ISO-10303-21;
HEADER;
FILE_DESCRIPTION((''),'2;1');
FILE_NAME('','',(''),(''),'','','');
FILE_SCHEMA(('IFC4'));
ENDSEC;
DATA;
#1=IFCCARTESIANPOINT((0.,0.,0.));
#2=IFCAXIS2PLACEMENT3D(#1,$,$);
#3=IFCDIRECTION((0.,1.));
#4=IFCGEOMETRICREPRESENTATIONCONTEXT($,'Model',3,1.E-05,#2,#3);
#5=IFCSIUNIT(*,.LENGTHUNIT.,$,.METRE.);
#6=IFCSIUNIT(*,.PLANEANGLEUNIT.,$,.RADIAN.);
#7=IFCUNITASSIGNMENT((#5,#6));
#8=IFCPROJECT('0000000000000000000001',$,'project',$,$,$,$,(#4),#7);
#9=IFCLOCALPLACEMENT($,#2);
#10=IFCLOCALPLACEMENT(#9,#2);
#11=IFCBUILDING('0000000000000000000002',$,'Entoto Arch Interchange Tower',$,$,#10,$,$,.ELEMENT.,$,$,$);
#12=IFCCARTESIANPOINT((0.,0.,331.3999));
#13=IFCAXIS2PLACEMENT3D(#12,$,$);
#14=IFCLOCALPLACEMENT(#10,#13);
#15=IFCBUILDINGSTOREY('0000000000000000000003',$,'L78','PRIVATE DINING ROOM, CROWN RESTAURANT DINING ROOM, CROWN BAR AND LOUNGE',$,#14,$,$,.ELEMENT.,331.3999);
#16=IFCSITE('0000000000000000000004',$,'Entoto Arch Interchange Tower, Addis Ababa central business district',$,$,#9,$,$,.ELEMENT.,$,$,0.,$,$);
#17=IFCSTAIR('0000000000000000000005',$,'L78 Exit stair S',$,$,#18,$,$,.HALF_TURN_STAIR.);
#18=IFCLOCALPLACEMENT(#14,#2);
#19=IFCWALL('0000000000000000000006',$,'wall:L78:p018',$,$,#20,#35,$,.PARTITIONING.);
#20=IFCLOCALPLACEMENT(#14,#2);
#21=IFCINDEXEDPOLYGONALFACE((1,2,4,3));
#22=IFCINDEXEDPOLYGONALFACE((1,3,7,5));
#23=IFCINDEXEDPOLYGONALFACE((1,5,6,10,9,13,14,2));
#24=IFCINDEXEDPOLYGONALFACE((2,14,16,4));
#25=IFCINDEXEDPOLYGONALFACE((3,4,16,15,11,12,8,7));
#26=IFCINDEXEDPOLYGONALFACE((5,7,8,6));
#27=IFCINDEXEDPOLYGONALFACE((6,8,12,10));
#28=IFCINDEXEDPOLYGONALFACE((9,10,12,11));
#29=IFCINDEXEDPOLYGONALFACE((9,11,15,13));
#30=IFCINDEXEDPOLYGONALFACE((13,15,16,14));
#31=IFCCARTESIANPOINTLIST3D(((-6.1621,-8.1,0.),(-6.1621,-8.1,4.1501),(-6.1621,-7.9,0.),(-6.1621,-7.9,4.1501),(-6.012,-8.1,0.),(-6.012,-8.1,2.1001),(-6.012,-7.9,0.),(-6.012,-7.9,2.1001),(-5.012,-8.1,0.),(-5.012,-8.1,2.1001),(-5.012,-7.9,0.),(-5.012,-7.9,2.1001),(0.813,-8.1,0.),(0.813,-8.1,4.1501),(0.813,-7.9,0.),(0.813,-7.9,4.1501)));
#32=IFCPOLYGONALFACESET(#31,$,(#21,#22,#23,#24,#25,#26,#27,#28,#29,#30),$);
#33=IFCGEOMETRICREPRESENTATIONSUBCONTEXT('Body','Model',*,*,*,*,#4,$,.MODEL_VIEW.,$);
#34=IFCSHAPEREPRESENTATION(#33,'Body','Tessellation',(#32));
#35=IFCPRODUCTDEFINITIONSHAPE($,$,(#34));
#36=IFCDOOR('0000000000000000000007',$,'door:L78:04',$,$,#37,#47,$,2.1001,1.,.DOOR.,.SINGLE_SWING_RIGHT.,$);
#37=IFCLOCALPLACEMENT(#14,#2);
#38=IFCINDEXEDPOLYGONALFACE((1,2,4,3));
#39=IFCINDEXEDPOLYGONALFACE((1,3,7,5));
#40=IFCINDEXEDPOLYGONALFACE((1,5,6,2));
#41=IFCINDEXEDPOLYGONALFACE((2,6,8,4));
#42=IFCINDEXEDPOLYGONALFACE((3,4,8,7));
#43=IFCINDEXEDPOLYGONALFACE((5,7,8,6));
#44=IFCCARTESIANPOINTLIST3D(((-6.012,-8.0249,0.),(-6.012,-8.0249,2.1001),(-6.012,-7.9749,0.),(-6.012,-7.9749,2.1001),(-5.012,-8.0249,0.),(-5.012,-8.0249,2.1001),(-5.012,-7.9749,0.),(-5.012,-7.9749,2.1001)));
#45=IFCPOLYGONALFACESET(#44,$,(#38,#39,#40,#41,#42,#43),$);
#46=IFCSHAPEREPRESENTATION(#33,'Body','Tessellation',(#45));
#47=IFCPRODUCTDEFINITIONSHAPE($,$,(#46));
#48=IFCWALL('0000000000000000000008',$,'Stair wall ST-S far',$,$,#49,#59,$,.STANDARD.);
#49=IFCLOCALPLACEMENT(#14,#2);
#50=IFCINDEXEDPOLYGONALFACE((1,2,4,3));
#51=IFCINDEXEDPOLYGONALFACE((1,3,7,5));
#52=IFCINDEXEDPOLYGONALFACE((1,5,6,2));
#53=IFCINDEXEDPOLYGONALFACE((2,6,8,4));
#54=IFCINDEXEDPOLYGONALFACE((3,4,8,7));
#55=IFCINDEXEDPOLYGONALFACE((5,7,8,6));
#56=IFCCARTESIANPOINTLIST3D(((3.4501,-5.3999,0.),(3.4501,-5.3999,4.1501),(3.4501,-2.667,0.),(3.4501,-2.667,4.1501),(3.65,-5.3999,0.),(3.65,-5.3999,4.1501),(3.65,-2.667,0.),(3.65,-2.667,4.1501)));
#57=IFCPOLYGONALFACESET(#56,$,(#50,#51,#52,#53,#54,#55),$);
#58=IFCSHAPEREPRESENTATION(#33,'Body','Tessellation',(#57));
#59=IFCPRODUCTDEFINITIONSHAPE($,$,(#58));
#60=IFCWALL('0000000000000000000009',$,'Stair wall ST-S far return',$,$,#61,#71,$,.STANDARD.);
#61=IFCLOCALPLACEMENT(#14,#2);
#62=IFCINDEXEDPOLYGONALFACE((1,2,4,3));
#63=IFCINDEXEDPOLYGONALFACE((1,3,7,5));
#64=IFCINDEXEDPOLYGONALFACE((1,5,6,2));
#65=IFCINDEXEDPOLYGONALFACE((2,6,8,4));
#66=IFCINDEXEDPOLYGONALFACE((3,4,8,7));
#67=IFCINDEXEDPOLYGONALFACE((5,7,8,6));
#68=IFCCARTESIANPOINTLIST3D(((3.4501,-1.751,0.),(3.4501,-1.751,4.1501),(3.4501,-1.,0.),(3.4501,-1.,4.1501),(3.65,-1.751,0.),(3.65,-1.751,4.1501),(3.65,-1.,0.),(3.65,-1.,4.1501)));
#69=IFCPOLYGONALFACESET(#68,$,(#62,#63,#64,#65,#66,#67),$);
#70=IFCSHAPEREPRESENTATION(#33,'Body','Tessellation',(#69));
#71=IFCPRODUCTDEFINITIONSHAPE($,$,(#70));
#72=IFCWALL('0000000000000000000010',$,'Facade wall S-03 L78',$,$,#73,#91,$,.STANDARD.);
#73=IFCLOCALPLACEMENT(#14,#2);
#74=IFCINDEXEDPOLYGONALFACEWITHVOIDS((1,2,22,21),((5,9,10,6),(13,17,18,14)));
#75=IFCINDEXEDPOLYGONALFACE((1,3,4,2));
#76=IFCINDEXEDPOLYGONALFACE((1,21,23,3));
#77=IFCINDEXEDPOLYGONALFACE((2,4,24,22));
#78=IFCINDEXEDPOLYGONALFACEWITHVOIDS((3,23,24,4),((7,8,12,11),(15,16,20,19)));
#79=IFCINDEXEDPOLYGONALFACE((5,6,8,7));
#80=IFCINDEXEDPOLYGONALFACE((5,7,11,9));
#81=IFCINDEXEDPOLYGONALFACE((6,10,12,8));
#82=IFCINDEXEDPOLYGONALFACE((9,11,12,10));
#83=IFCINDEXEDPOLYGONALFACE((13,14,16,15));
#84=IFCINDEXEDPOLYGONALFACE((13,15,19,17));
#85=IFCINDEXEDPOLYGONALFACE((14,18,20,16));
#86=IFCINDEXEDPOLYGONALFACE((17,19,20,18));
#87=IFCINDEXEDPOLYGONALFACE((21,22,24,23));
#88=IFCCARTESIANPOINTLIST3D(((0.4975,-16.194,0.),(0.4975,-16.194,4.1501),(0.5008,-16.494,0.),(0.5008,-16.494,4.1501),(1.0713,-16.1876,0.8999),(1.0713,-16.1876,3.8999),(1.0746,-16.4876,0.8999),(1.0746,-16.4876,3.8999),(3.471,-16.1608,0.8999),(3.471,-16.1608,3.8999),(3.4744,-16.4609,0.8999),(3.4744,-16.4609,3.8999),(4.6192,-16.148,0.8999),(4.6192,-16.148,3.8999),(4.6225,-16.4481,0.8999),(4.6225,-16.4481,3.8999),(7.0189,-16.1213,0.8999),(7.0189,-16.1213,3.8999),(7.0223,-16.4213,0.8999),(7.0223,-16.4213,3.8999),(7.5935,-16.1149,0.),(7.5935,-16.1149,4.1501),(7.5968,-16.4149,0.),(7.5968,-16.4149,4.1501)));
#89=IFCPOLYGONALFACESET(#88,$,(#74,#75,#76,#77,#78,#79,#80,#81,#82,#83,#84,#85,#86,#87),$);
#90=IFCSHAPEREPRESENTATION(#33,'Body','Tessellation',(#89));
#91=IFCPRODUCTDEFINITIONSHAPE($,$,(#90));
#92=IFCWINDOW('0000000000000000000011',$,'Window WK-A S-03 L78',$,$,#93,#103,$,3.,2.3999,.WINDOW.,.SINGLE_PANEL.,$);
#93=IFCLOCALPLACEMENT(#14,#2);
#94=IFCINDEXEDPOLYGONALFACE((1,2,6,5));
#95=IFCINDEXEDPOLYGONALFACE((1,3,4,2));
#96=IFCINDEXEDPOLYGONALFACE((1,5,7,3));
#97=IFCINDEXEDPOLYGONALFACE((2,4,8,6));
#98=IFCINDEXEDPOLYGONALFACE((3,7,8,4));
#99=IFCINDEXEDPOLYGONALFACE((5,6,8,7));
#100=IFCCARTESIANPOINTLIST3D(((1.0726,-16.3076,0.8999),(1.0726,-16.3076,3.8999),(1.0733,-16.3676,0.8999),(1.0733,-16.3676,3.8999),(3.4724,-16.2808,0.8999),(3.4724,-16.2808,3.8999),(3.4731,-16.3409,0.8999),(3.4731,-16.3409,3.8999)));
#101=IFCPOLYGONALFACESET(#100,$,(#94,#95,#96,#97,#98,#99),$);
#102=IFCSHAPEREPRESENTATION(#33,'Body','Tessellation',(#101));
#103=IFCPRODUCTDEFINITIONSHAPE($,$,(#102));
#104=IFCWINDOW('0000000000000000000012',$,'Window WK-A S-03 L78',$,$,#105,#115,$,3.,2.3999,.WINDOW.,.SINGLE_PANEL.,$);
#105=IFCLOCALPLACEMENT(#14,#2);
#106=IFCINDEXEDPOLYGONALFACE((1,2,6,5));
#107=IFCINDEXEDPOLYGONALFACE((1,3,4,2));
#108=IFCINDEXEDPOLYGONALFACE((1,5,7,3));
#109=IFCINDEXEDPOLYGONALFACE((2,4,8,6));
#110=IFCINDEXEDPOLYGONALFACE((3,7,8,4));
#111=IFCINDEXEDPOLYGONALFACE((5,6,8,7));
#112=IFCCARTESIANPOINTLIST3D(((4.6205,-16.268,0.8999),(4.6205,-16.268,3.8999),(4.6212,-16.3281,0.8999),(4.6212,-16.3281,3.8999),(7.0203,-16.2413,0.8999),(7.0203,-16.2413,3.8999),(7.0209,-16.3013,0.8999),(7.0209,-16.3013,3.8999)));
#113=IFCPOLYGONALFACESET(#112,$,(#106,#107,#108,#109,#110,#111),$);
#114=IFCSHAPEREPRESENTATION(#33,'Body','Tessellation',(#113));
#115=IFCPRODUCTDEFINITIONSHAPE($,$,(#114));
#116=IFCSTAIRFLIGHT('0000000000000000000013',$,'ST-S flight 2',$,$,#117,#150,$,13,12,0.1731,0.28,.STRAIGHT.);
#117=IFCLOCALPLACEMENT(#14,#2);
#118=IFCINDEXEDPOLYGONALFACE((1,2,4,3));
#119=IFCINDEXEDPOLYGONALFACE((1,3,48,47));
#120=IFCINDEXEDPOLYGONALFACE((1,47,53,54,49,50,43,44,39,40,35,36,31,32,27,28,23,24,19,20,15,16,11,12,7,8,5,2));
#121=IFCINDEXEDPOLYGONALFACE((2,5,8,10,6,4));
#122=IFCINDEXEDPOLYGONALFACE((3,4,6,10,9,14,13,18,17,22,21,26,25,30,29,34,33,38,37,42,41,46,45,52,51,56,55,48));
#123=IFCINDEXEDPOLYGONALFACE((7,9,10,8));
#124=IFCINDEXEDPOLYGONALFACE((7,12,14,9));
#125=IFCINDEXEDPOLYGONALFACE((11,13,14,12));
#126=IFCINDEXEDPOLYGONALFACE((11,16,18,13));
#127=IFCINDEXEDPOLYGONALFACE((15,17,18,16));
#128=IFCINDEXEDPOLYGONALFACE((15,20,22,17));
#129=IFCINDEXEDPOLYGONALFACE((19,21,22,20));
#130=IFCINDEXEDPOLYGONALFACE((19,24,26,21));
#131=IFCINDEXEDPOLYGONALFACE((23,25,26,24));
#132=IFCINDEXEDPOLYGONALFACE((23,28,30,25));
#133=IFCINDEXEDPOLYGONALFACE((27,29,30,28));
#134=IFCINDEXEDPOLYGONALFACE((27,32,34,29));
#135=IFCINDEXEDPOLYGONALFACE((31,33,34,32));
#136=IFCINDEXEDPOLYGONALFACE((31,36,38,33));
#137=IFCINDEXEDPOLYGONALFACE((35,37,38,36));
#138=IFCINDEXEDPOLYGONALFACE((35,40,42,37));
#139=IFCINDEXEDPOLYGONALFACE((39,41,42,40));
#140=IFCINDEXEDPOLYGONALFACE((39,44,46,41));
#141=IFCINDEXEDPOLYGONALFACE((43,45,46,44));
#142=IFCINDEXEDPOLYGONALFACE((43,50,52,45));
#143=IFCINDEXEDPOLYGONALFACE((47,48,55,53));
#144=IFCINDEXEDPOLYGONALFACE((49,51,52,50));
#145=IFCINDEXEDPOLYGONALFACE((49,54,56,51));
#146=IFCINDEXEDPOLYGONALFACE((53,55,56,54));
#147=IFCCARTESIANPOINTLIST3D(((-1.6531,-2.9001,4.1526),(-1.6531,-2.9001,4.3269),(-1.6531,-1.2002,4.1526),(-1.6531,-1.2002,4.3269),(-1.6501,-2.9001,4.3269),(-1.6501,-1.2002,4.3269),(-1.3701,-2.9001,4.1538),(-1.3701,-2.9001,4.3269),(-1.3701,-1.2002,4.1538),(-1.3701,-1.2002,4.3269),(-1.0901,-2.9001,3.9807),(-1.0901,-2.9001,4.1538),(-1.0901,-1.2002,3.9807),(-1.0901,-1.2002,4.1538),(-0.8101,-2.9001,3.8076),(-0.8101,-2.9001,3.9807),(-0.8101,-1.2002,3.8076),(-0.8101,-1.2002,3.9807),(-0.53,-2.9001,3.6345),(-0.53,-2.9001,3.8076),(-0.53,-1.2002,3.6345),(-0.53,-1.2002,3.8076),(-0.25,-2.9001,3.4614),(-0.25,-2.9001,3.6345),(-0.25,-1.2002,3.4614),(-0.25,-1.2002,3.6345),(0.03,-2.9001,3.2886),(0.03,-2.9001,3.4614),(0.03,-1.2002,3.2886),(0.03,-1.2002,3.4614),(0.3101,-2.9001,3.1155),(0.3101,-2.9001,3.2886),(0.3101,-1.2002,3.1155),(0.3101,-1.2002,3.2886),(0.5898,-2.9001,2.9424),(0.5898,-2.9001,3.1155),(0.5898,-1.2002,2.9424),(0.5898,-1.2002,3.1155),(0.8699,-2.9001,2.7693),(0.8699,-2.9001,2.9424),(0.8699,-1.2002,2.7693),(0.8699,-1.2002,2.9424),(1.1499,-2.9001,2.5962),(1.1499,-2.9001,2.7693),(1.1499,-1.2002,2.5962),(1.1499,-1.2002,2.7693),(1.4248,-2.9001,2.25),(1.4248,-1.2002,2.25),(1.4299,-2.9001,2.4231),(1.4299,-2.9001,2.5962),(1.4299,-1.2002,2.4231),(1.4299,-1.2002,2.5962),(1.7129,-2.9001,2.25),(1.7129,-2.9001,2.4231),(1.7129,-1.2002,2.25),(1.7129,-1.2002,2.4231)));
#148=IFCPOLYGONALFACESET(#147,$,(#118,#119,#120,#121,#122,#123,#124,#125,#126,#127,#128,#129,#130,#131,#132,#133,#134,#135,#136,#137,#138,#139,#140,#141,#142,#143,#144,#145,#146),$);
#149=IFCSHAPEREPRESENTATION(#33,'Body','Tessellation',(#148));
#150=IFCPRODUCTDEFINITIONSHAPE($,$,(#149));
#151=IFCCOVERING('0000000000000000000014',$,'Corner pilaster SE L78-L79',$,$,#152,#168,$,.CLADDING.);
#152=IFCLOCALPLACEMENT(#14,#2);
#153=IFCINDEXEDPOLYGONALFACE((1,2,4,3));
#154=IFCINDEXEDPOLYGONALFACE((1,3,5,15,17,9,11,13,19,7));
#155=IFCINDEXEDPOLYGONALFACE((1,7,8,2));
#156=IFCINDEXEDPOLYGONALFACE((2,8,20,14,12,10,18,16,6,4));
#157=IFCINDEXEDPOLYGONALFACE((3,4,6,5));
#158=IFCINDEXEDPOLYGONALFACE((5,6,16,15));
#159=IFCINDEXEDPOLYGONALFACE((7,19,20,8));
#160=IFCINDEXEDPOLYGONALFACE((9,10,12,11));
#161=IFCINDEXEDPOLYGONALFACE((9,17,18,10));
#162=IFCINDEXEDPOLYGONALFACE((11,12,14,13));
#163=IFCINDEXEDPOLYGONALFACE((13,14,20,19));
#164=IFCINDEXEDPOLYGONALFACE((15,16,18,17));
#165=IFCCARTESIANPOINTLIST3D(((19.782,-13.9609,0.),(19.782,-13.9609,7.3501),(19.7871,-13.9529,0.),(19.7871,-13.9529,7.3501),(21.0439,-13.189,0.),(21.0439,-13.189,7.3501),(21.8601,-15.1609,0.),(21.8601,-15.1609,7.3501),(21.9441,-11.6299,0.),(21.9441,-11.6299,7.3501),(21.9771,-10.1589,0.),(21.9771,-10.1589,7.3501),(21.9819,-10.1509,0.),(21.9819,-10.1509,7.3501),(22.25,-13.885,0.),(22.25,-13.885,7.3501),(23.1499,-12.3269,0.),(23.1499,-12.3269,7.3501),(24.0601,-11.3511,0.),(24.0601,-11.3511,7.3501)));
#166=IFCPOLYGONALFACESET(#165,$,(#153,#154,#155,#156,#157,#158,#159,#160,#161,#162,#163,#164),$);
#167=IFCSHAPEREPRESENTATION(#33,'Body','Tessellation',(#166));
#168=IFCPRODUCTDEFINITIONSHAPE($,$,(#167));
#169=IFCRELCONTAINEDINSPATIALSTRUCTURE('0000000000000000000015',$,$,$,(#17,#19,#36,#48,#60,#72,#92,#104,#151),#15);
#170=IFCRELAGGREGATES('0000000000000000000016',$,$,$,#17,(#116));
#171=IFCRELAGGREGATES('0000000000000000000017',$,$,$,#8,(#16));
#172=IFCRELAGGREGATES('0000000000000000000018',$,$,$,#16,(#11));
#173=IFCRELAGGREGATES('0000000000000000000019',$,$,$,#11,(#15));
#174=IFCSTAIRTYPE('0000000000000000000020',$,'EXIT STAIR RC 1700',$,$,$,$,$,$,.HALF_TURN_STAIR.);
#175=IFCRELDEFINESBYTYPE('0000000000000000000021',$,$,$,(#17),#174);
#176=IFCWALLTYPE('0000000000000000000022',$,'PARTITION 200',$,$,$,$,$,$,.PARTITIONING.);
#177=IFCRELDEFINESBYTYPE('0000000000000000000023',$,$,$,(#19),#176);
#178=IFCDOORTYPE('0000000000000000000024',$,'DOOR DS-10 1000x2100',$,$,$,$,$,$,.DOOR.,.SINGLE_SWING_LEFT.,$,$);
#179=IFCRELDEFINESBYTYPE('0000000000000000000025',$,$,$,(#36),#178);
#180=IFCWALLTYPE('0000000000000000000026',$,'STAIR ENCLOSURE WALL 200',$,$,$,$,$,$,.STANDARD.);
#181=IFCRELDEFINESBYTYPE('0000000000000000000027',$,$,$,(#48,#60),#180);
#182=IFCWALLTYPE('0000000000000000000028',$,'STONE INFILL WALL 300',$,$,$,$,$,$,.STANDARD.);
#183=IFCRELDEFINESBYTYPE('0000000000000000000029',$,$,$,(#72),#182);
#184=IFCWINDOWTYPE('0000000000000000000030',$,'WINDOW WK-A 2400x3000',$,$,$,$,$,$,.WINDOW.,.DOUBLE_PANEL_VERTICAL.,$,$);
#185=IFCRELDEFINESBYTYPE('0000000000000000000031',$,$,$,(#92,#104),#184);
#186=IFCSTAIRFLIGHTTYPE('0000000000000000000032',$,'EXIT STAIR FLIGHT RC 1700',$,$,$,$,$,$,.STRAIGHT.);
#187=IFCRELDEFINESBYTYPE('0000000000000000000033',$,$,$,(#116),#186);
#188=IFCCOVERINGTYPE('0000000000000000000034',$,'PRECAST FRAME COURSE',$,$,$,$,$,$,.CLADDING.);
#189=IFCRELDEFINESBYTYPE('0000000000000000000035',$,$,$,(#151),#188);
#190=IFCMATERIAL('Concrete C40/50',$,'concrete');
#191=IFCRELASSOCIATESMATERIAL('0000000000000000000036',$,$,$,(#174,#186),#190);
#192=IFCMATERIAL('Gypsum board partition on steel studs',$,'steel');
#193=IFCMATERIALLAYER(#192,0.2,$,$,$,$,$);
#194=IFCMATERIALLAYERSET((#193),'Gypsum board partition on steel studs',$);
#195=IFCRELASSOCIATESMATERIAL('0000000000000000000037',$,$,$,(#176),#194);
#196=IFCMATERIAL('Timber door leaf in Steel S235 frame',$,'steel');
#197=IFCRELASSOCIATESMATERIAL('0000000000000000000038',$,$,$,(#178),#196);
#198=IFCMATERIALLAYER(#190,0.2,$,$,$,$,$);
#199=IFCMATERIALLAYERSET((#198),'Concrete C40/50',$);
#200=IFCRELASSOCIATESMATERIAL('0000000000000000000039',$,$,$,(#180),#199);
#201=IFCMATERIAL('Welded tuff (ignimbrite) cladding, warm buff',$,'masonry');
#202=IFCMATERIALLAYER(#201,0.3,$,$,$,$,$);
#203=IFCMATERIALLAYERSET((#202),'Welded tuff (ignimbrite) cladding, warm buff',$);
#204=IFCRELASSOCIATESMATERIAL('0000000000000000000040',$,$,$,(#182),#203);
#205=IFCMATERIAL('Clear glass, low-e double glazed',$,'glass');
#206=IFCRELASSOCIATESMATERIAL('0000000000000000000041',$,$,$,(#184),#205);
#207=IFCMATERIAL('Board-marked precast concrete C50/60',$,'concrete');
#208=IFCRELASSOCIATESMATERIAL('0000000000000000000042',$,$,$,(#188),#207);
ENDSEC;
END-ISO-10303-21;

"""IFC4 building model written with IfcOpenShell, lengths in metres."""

from ifc_helpers import new_model, si_unit, direction, frame, frame_2d, origin, place, context, subcontext, project, spatial, polyline, rectangle, outline, extrude, material, layer, layer_set, type_object, element, fill, aggregate, save


model = new_model("IFC4")

# Units and contexts
model_context = context("Model", 3, precision=1e-05, world=origin(), true_north=direction((0.0, 1.0)))
body_context = subcontext(model_context, "Body", "Model", "MODEL_VIEW")
ifc_project = project(units=[si_unit("LENGTHUNIT", "METRE"), si_unit("PLANEANGLEUNIT", "RADIAN")], contexts=[model_context])

# Site, building, storey
site_placement = place(None, origin())
site = spatial("IfcSite", under=ifc_project, at=site_placement, Name="Entoto Arch Interchange Tower, Addis Ababa central business district", CompositionType="ELEMENT", RefElevation=0.0)
building_placement = place(site_placement, origin())
building = spatial("IfcBuilding", under=site, at=building_placement, Name="Entoto Arch Interchange Tower", CompositionType="ELEMENT")
storey_placement = place(building_placement, frame((0.0, 0.0, 331.3999)))
storey = spatial("IfcBuildingStorey", under=building, at=storey_placement, Name="L78", Description="PRIVATE DINING ROOM, CROWN RESTAURANT DINING ROOM, CROWN BAR AND LOUNGE", CompositionType="ELEMENT", Elevation=331.3999)

# Shared definitions
ifc_material_1 = material(Name="Concrete C40/50", Category="concrete")

# Stair
stair_type = type_object("IfcStairType", Name="EXIT STAIR RC 1700", PredefinedType="HALF_TURN_STAIR", material=ifc_material_1)
stair_1_placement = place(storey_placement, origin())
stair_1 = element("IfcStair", 1, at=stair_1_placement, inside=storey, type_object=stair_type, Name="L78 Exit stair S", PredefinedType="HALF_TURN_STAIR")

# Shared definitions
ifc_material_2 = material(Name="Board-marked precast concrete C50/60", Category="concrete")

# Shared definitions
ifc_material_3 = material(Name="Gypsum board partition on steel studs", Category="steel")
ifc_layer_1 = layer(ifc_material_3, 0.2)
ifc_layer_set_1 = layer_set([ifc_layer_1], Name="Gypsum board partition on steel studs")
wall_type_1 = type_object("IfcWallType", Name="PARTITION 200", PredefinedType="PARTITIONING", material=ifc_layer_set_1)

# Wall, opening, door
wall_1_placement = place(storey_placement, frame((0.813, -8.0, 0.0), z_axis=(0.0, 0.0, 1.0), x_axis=(-1.0, 0.0, 0.0)))
wall_1 = element("IfcWall", 2, at=wall_1_placement, inside=storey, type_object=wall_type_1, Name="wall:L78:p018", PredefinedType="PARTITIONING", context=body_context, shape_type="SweptSolid", body=[
    extrude(rectangle(XDim=6.9751, YDim=0.2, at=frame_2d((3.4875, 0.0))), origin(), (0.0, 0.0, 1.0), 4.1501),
])
opening_1_placement = place(wall_1_placement, frame((5.825, 0.0, 0.0)))
opening_1 = element("IfcOpeningElement", 3, at=opening_1_placement, cuts=wall_1, PredefinedType="OPENING", context=body_context, shape_type="SweptSolid", body=[
    extrude(rectangle(XDim=1.0, YDim=2.1001, at=frame_2d((0.5, 1.05))), frame((0.0, 0.1099, 0.0), z_axis=(0.0, -1.0, 0.0), x_axis=(1.0, 0.0, 0.0)), (0.0, 0.0, 1.0), 0.22),
])
ifc_material_4 = material(Name="Timber door leaf in Steel S235 frame", Category="steel")
door_type_1 = type_object("IfcDoorType", Name="DOOR DS-10 1000x2100", OperationType="SINGLE_SWING_LEFT", PredefinedType="DOOR", material=ifc_material_4)
door_1_placement = place(opening_1_placement, origin())
door_1 = element("IfcDoor", 4, at=door_1_placement, inside=storey, type_object=door_type_1, Name="door:L78:04", OperationType="SINGLE_SWING_RIGHT", OverallHeight=2.1001, OverallWidth=1.0, PredefinedType="DOOR", context=body_context, shape_type="SweptSolid", body=[
    extrude(rectangle(XDim=1.0, YDim=2.1001, at=frame_2d((0.5, 1.05))), frame((0.0, 0.0249, 0.0), z_axis=(0.0, -1.0, 0.0), x_axis=(1.0, 0.0, 0.0)), (0.0, 0.0, 1.0), 0.05),
])
fill(opening_1, door_1)

# Walls
ifc_layer_2 = layer(ifc_material_1, 0.2)
ifc_layer_set_2 = layer_set([ifc_layer_2], Name="Concrete C40/50")
wall_type_2 = type_object("IfcWallType", Name="STAIR ENCLOSURE WALL 200", PredefinedType="STANDARD", material=ifc_layer_set_2)
wall_2_placement = place(storey_placement, frame((3.55, -2.667, 0.0), z_axis=(0.0, 0.0, 1.0), x_axis=(0.0, -1.0, 0.0)))
element("IfcWall", 5, at=wall_2_placement, inside=storey, type_object=wall_type_2, Name="Stair wall ST-S far", PredefinedType="STANDARD", context=body_context, shape_type="SweptSolid", body=[
    extrude(rectangle(XDim=2.7329, YDim=0.2, at=frame_2d((1.3665, 0.0))), origin(), (0.0, 0.0, 1.0), 4.1501),
])
wall_3_placement = place(storey_placement, frame((3.55, -1.0, 0.0), z_axis=(0.0, 0.0, 1.0), x_axis=(0.0, -1.0, 0.0)))
element("IfcWall", 6, at=wall_3_placement, inside=storey, type_object=wall_type_2, Name="Stair wall ST-S far return", PredefinedType="STANDARD", context=body_context, shape_type="SweptSolid", body=[
    extrude(rectangle(XDim=0.751, YDim=0.2, at=frame_2d((0.3755, 0.0))), origin(), (0.0, 0.0, 1.0), 4.1501),
])

# Wall, openings, windows
ifc_material_5 = material(Name="Welded tuff (ignimbrite) cladding, warm buff", Category="masonry")
ifc_layer_3 = layer(ifc_material_5, 0.3)
ifc_layer_set_3 = layer_set([ifc_layer_3], Name="Welded tuff (ignimbrite) cladding, warm buff")
wall_type_3 = type_object("IfcWallType", Name="STONE INFILL WALL 300", PredefinedType="STANDARD", material=ifc_layer_set_3)
wall_4_placement = place(storey_placement, frame((0.499, -16.344, 0.0), z_axis=(0.0, 0.0, 1.0), x_axis=(0.999938, 0.011147, 0.0)))
wall_4 = element("IfcWall", 7, at=wall_4_placement, inside=storey, type_object=wall_type_3, Name="Facade wall S-03 L78", PredefinedType="STANDARD", context=body_context, shape_type="SweptSolid", body=[
    extrude(rectangle(XDim=7.0964, YDim=0.3, at=frame_2d((3.5483, 0.0))), origin(), (0.0, 0.0, 1.0), 4.1501),
])
opening_2_placement = place(wall_4_placement, frame((0.574, 0.0, 0.8999)))
opening_2 = element("IfcOpeningElement", 8, at=opening_2_placement, cuts=wall_4, PredefinedType="OPENING", context=body_context, shape_type="SweptSolid", body=[
    extrude(rectangle(XDim=2.3999, YDim=3.0, at=frame_2d((1.2, 1.5))), frame((0.0, 0.1602, 0.0), z_axis=(0.0, -1.0, 0.0), x_axis=(1.0, 0.0, 0.0)), (0.0, 0.0, 1.0), 0.3201),
])
opening_3_placement = place(wall_4_placement, frame((4.1221, 0.0, 0.8999)))
opening_3 = element("IfcOpeningElement", 9, at=opening_3_placement, cuts=wall_4, PredefinedType="OPENING", context=body_context, shape_type="SweptSolid", body=[
    extrude(rectangle(XDim=2.3999, YDim=3.0, at=frame_2d((1.2, 1.5))), frame((0.0, 0.1602, 0.0), z_axis=(0.0, -1.0, 0.0), x_axis=(1.0, 0.0, 0.0)), (0.0, 0.0, 1.0), 0.3201),
])
ifc_material_6 = material(Name="Clear glass, low-e double glazed", Category="glass")
window_type = type_object("IfcWindowType", Name="WINDOW WK-A 2400x3000", PartitioningType="DOUBLE_PANEL_VERTICAL", PredefinedType="WINDOW", material=ifc_material_6)
window_1_placement = place(opening_2_placement, origin())
window_1 = element("IfcWindow", 10, at=window_1_placement, inside=storey, type_object=window_type, Name="Window WK-A S-03 L78", OverallHeight=3.0, OverallWidth=2.3999, PartitioningType="SINGLE_PANEL", PredefinedType="WINDOW", context=body_context, shape_type="SweptSolid", body=[
    extrude(rectangle(XDim=2.3999, YDim=3.0, at=frame_2d((1.2, 1.5))), frame((0.0, 0.03, 0.0), z_axis=(0.0, -1.0, 0.0), x_axis=(1.0, 0.0, 0.0)), (0.0, 0.0, 1.0), 0.0601),
])
fill(opening_2, window_1)
window_2_placement = place(opening_3_placement, origin())
window_2 = element("IfcWindow", 11, at=window_2_placement, inside=storey, type_object=window_type, Name="Window WK-A S-03 L78", OverallHeight=3.0, OverallWidth=2.3999, PartitioningType="SINGLE_PANEL", PredefinedType="WINDOW", context=body_context, shape_type="SweptSolid", body=[
    extrude(rectangle(XDim=2.3999, YDim=3.0, at=frame_2d((1.2, 1.5))), frame((0.0, 0.03, 0.0), z_axis=(0.0, -1.0, 0.0), x_axis=(1.0, 0.0, 0.0)), (0.0, 0.0, 1.0), 0.0601),
])
fill(opening_3, window_2)

# Stair flight
stair_flight_type = type_object("IfcStairFlightType", Name="EXIT STAIR FLIGHT RC 1700", PredefinedType="STRAIGHT", material=ifc_material_1)
stair_flight_placement = place(storey_placement, frame((1.71, -2.05, 2.25), z_axis=(0.0, 0.0, 1.0), x_axis=(-1.0, 0.0, 0.0)))
stair_flight = element("IfcStairFlight", 12, at=stair_flight_placement, type_object=stair_flight_type, Name="ST-S flight 2", NumberOfRisers=13, NumberOfTreads=12, PredefinedType="STRAIGHT", RiserHeight=0.1731, TreadLength=0.28, context=body_context, shape_type="SweptSolid", body=[
    extrude(outline(polyline([(-0.0029, 0.0), (-0.0029, 0.1731), (0.28, 0.1731), (0.28, 0.3462), (0.5601, 0.3462), (0.5601, 0.5193), (0.8401, 0.5193), (0.8401, 0.6924), (1.1201, 0.6924), (1.1201, 0.8655), (1.3999, 0.8655), (1.3999, 1.0386), (1.6799, 1.0386), (1.6799, 1.2114), (1.96, 1.2114), (1.96, 1.3845), (2.24, 1.3845), (2.24, 1.5576), (2.52, 1.5576), (2.52, 1.7307), (2.8, 1.7307), (2.8, 1.9038), (3.0801, 1.9038), (3.0801, 2.0769), (3.3601, 2.0769), (3.363, 2.0769), (3.363, 1.9026), (0.2852, 0.0), (-0.0029, 0.0)])), frame((0.0, 0.8501, 0.0), z_axis=(0.0, -1.0, 0.0), x_axis=(1.0, 0.0, 0.0)), (0.0, 0.0, 1.0), 1.7),
])
aggregate(stair_1, [stair_flight])

# Covering
covering_type = type_object("IfcCoveringType", Name="PRECAST FRAME COURSE", PredefinedType="CLADDING", material=ifc_material_2)
covering_1_placement = place(storey_placement, origin())
element("IfcCovering", 13, at=covering_1_placement, inside=storey, type_object=covering_type, Name="Corner pilaster SE L78-L79", PredefinedType="CLADDING", context=body_context, shape_type="SweptSolid", body=[
    extrude(outline(polyline([(24.0601, -11.3511), (21.8601, -15.1609), (19.782, -13.9609), (19.7871, -13.9529), (21.0439, -13.189), (22.25, -13.885), (23.1499, -12.3269), (21.9441, -11.6299), (21.9771, -10.1589), (21.9819, -10.1509), (24.0601, -11.3511)])), origin(), (0.0, 0.0, 1.0), 7.3501),
])

save(model, "model.ifc")
